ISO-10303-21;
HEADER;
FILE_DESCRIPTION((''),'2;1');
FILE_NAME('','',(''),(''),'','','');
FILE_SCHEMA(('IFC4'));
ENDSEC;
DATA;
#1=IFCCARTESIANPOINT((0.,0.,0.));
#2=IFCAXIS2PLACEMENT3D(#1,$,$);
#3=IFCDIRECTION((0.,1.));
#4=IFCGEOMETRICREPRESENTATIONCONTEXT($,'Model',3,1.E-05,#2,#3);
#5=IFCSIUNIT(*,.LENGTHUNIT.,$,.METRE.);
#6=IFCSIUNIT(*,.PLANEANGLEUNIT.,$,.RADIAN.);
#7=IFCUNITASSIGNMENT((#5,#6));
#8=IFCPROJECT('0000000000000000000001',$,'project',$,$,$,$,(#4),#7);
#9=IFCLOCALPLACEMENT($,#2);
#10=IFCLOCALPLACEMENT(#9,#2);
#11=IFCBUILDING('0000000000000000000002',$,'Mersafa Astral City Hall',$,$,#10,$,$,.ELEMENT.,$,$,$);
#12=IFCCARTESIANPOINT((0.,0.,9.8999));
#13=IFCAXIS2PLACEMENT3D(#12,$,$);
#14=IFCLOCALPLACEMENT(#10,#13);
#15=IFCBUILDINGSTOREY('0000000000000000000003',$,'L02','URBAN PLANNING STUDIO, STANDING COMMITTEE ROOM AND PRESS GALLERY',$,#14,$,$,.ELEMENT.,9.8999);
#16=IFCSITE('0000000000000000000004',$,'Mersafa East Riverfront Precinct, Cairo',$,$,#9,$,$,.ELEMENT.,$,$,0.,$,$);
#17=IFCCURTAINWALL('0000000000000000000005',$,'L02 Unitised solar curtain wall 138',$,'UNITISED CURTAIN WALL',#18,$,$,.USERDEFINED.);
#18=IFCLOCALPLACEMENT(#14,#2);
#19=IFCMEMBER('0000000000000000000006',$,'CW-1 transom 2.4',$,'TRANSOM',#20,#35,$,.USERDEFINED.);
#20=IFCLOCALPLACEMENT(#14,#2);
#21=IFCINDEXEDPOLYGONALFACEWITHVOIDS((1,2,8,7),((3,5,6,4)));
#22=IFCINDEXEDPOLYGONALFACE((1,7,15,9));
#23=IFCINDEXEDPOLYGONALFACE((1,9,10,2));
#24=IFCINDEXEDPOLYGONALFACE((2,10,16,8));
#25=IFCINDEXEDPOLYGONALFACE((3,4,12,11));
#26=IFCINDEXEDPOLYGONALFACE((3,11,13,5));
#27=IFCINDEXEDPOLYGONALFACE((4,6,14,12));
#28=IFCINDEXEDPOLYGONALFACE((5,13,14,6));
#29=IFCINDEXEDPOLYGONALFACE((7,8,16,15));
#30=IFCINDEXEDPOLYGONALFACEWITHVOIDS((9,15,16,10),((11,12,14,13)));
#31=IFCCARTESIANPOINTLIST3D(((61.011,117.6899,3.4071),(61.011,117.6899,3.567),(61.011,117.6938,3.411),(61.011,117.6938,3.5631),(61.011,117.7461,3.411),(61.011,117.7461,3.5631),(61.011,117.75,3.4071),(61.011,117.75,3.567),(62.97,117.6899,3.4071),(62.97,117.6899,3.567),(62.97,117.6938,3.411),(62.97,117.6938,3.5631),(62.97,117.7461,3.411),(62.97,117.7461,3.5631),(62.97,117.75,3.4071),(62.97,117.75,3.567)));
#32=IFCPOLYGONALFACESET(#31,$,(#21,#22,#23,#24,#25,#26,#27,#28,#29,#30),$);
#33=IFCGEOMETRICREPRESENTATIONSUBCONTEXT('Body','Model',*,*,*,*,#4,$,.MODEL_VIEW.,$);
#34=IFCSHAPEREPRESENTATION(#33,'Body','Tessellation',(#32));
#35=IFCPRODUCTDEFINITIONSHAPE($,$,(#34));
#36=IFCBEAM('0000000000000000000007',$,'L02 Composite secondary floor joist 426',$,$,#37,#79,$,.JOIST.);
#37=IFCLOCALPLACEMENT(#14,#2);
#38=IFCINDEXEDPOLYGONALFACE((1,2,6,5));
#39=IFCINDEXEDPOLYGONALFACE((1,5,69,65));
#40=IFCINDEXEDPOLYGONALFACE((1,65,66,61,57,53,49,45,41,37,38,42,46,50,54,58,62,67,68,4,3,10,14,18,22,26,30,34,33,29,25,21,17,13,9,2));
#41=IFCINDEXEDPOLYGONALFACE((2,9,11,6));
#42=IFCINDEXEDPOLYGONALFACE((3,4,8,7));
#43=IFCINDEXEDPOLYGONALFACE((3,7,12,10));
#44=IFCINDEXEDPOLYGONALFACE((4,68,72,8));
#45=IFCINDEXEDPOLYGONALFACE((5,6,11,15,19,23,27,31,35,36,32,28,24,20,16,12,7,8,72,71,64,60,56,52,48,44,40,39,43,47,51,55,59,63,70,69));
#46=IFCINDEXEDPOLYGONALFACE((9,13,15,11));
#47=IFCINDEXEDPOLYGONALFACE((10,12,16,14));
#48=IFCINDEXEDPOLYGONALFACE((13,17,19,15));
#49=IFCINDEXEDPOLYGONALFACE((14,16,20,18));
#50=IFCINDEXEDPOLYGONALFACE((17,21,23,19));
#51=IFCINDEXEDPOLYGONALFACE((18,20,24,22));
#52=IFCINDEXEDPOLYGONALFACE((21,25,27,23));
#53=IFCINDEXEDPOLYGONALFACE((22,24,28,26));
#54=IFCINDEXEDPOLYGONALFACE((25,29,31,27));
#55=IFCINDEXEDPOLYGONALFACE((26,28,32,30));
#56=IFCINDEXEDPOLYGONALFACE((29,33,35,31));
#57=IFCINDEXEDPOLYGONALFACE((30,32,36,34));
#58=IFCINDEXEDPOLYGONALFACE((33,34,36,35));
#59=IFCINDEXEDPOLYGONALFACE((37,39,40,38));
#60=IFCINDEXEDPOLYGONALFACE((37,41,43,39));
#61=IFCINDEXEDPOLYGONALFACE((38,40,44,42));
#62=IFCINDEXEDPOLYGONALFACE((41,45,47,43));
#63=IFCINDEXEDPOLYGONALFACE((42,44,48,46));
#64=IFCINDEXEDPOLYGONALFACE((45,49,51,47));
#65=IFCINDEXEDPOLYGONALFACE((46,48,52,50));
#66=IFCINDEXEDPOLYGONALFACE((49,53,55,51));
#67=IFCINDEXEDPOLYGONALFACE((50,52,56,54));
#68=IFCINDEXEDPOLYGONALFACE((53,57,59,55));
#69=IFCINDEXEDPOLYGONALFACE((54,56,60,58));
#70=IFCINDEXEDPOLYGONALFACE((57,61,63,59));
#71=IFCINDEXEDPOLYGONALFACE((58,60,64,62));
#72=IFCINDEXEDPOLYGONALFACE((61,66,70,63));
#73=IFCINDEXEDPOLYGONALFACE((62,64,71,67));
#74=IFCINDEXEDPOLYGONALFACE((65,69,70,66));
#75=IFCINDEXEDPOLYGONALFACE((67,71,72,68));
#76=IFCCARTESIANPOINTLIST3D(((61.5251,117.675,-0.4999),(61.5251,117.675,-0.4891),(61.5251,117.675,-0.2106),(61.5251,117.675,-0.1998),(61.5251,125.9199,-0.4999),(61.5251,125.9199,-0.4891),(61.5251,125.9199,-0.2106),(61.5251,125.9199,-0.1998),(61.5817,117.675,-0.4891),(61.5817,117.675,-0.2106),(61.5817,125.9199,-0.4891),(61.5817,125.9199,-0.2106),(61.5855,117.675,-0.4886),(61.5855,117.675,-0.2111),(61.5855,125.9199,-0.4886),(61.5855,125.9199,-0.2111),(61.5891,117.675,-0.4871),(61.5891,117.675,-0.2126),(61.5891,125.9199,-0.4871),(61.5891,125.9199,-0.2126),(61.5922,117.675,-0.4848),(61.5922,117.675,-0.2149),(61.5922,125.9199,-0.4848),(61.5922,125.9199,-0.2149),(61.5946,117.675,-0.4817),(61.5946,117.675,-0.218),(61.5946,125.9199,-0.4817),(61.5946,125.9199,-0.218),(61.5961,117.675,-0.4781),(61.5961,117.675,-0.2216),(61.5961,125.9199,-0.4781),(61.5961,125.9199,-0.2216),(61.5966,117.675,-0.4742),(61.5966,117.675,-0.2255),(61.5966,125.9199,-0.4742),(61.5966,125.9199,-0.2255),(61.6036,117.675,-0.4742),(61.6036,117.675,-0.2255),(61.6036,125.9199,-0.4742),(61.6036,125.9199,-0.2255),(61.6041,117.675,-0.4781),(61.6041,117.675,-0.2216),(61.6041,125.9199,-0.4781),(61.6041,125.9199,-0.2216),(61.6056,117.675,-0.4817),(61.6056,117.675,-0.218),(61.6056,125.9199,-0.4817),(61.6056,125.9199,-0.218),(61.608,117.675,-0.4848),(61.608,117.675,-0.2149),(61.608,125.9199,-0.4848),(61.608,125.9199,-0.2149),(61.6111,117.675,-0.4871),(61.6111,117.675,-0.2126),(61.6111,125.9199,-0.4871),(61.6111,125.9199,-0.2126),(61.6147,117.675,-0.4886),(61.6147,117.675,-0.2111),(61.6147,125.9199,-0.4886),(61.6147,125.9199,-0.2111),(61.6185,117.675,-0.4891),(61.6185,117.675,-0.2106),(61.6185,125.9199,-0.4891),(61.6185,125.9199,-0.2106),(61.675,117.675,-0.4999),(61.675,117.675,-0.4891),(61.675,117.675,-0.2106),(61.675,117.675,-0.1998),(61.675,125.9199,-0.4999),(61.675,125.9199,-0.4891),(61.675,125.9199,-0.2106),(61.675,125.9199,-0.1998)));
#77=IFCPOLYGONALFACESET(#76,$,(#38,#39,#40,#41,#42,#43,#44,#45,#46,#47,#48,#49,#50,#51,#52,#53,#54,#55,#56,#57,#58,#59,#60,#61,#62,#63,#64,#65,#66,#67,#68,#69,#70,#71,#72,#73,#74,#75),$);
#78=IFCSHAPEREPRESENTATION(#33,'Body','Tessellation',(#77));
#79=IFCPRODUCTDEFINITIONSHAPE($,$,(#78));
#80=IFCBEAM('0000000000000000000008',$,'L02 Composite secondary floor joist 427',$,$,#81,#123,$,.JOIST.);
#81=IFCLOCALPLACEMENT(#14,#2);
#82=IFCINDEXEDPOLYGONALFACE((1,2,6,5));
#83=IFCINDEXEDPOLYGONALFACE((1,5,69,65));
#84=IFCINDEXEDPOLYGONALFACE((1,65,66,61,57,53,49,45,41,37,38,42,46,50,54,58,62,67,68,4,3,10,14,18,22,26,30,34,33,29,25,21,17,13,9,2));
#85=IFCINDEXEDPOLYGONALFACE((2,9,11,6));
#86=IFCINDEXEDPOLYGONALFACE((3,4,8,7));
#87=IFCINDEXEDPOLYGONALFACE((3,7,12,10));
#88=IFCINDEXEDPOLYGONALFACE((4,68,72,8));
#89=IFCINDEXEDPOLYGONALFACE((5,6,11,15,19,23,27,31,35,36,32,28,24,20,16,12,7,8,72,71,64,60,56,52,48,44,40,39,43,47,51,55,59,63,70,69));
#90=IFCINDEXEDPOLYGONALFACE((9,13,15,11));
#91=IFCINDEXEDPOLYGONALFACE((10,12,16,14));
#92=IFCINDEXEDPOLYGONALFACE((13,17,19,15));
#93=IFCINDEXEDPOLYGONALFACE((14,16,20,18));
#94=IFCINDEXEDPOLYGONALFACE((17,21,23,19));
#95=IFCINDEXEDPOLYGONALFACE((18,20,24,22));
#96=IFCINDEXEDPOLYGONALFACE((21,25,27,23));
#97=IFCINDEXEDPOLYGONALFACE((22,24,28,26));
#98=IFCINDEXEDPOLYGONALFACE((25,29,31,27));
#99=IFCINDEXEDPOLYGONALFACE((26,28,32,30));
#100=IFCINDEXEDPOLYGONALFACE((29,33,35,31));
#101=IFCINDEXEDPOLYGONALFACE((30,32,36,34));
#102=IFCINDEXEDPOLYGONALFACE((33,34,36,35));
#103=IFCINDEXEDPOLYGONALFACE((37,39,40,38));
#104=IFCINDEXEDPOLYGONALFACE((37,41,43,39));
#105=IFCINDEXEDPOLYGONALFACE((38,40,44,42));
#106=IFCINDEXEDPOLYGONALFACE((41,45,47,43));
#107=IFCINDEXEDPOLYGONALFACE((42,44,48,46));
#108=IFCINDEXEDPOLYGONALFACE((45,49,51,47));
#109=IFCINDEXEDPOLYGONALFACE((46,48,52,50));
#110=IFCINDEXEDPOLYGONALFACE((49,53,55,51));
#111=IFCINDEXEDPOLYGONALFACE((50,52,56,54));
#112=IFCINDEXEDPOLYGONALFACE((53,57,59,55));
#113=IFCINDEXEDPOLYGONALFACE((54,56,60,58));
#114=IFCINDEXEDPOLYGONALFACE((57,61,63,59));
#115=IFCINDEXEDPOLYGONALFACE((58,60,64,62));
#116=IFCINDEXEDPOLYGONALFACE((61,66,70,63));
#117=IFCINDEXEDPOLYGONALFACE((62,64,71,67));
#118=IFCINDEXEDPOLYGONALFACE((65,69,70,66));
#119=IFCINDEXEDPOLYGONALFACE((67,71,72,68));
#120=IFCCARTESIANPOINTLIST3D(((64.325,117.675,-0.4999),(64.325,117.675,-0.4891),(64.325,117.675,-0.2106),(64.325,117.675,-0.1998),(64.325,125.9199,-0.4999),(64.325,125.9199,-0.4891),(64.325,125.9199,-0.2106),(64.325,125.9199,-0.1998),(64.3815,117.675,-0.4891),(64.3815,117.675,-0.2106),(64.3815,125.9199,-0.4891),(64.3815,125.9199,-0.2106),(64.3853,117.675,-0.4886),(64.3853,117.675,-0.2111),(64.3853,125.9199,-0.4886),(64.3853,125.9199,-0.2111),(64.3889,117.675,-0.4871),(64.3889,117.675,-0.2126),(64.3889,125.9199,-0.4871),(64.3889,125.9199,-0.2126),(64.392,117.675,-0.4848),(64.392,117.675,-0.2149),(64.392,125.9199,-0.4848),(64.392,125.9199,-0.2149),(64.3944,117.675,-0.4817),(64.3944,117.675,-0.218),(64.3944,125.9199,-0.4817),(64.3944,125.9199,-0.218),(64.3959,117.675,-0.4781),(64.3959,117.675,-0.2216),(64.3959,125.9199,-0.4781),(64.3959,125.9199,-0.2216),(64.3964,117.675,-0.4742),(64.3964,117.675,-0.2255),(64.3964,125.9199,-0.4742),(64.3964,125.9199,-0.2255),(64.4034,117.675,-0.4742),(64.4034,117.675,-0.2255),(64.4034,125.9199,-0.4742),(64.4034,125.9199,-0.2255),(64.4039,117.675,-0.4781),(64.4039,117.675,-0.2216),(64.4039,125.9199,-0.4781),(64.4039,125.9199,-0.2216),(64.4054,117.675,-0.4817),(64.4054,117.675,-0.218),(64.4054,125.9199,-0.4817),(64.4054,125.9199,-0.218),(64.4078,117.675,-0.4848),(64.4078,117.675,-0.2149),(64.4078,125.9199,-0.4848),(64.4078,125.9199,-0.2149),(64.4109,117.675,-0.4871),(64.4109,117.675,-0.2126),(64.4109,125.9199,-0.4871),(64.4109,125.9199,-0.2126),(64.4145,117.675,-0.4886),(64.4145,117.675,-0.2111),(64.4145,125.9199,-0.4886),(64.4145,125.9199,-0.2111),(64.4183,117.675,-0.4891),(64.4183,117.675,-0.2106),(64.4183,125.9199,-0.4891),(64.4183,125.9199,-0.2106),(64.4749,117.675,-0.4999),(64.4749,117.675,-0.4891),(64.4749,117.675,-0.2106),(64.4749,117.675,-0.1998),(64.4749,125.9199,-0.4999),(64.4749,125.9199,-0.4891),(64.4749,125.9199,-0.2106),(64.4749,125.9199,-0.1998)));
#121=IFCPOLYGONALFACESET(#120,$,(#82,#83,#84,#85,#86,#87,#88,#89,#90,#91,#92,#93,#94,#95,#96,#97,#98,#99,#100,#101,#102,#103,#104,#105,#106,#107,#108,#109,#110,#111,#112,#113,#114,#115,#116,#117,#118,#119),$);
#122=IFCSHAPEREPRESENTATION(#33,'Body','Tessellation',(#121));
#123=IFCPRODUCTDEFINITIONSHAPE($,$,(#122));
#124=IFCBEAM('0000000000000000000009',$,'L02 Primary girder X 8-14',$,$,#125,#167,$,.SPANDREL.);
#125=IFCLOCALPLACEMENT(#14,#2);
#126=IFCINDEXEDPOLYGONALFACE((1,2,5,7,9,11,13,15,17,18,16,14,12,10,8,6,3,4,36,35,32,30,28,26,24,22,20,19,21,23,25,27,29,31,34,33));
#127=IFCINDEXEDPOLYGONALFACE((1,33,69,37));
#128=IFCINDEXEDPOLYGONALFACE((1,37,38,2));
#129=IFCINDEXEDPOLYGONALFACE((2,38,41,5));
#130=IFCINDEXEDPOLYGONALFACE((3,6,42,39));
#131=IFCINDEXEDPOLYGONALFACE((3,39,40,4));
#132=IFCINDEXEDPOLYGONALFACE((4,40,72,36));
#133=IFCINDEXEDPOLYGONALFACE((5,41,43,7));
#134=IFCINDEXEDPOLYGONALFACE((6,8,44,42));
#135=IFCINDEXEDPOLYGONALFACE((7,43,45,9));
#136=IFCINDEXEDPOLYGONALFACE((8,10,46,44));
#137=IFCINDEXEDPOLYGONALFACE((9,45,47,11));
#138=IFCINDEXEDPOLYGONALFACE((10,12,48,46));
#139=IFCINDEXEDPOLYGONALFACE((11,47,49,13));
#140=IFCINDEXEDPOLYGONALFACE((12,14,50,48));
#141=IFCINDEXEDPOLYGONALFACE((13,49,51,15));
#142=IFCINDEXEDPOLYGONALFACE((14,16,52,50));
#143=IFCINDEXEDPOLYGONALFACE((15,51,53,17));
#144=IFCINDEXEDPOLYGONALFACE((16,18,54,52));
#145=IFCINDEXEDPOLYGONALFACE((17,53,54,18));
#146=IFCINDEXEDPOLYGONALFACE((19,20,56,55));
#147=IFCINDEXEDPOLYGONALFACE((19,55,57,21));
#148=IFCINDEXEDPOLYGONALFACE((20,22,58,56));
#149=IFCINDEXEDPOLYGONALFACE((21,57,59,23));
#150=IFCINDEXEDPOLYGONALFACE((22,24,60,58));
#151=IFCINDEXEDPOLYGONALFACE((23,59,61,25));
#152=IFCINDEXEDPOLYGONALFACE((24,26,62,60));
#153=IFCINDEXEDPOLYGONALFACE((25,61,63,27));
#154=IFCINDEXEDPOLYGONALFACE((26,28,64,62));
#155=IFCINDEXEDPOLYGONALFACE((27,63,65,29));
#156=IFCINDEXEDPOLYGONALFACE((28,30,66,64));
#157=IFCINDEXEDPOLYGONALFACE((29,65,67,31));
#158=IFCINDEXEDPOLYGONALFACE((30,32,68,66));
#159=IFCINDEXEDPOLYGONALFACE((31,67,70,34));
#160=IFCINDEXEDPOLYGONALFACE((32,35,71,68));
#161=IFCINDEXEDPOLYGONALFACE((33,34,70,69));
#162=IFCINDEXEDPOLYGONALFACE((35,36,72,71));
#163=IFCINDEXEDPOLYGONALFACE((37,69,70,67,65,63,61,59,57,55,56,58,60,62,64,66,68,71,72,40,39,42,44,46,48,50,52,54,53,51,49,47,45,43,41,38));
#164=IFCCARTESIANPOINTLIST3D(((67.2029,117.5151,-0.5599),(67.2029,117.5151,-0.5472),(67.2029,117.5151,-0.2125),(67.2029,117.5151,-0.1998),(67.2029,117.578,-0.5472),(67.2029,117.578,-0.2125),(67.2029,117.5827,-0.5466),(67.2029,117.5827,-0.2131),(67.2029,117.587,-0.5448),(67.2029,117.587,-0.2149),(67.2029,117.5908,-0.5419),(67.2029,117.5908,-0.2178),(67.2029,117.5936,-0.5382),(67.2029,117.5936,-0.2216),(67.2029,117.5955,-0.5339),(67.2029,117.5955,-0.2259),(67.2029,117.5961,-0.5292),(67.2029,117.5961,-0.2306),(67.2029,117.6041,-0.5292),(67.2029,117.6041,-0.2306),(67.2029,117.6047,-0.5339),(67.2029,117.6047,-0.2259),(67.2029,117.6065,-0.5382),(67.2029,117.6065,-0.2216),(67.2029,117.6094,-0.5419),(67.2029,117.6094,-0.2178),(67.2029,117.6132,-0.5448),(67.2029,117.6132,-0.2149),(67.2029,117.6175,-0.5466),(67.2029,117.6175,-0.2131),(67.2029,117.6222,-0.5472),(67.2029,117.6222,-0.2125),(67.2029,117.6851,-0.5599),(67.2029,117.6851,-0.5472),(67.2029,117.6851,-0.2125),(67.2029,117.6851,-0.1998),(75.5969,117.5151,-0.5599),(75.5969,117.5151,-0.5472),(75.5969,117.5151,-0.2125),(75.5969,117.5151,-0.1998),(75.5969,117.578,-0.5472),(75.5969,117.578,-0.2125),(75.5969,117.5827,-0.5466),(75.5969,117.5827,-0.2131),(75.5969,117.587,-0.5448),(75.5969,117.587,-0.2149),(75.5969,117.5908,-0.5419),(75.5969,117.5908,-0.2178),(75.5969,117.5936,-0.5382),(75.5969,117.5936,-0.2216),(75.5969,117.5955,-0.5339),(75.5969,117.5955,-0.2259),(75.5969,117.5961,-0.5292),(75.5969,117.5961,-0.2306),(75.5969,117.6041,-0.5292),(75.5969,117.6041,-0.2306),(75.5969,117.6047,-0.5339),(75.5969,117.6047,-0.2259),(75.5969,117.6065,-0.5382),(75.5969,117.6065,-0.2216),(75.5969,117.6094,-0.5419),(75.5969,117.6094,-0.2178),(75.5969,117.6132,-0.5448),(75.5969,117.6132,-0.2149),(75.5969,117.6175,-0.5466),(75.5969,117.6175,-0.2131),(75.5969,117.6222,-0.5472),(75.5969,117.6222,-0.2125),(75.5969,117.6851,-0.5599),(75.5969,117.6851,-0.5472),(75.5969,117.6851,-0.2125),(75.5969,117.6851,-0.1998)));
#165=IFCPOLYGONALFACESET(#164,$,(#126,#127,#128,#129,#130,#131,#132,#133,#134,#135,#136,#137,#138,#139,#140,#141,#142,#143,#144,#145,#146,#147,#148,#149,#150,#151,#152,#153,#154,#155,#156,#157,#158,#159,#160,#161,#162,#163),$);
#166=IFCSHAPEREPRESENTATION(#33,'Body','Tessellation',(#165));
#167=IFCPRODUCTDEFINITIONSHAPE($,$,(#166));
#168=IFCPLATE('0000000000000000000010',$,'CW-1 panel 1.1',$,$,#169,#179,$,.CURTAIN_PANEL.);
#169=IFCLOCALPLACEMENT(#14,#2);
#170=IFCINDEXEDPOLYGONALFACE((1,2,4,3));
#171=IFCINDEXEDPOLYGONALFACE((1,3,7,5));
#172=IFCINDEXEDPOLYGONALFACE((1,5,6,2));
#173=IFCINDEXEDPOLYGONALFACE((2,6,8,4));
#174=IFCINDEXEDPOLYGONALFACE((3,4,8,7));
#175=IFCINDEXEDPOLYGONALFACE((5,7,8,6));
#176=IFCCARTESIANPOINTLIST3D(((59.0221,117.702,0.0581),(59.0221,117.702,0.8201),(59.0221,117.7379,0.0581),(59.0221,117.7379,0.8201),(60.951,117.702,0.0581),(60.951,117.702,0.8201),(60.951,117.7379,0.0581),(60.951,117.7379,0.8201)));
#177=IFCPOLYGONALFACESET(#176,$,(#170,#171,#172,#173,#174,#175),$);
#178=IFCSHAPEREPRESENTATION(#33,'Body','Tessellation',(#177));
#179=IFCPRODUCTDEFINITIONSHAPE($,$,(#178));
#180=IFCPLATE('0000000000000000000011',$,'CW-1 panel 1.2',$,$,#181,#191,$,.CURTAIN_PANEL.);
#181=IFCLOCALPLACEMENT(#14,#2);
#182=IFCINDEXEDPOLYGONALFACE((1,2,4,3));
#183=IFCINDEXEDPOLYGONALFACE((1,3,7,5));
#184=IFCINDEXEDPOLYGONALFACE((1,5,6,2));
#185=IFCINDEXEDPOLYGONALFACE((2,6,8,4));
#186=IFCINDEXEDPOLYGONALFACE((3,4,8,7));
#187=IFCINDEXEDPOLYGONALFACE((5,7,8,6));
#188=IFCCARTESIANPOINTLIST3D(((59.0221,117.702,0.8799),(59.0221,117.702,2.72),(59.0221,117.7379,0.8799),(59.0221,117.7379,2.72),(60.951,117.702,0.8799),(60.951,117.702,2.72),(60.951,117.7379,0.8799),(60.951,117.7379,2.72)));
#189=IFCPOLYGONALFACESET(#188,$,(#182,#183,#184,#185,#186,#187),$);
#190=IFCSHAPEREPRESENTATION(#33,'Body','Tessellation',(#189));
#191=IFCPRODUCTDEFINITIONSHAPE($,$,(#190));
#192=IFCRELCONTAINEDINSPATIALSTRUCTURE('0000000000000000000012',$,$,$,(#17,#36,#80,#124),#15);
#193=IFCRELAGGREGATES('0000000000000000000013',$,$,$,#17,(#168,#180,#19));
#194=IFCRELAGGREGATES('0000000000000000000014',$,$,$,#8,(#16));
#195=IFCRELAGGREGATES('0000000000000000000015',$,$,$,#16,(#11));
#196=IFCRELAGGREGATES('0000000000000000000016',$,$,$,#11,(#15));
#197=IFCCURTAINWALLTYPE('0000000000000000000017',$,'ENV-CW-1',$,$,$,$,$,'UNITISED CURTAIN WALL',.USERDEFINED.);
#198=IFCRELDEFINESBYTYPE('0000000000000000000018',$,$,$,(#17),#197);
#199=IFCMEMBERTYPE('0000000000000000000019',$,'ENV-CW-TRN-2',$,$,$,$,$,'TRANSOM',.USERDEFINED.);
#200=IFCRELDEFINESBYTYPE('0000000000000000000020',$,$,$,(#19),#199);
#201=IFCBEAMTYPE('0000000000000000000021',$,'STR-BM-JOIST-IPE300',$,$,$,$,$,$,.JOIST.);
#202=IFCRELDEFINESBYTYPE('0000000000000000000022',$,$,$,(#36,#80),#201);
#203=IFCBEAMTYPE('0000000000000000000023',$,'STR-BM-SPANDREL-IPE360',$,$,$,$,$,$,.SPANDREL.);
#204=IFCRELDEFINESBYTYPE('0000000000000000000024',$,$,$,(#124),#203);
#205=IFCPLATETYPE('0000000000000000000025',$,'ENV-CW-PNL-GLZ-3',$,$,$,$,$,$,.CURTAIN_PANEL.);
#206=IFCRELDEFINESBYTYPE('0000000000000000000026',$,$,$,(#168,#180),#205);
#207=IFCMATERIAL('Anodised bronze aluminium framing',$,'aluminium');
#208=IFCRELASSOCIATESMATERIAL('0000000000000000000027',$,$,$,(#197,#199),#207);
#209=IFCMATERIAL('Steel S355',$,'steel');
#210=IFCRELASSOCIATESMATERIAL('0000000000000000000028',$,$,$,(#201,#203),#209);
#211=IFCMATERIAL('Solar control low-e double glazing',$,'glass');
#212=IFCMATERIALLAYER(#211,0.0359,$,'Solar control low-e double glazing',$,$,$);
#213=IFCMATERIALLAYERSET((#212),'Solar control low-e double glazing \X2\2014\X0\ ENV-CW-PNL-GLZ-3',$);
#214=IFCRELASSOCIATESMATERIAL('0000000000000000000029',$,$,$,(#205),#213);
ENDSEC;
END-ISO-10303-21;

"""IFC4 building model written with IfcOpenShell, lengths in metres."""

from ifc_helpers import new_model, si_unit, direction, frame, origin, origin_2d, place, context, subcontext, project, spatial, rectangle, hollow_rectangle, i_section, extrude, material, layer, layer_set, material_profile, profile_set, type_object, element, aggregate, save


model = new_model("IFC4")

# Units and contexts
model_context = context("Model", 3, precision=1e-05, world=origin(), true_north=direction((0.0, 1.0)))
body_context = subcontext(model_context, "Body", "Model", "MODEL_VIEW")
ifc_project = project(units=[si_unit("LENGTHUNIT", "METRE"), si_unit("PLANEANGLEUNIT", "RADIAN")], contexts=[model_context])

# Site, building, storey
site_placement = place(None, origin())
site = spatial("IfcSite", under=ifc_project, at=site_placement, Name="Mersafa East Riverfront Precinct, Cairo", CompositionType="ELEMENT", RefElevation=0.0)
building_placement = place(site_placement, origin())
building = spatial("IfcBuilding", under=site, at=building_placement, Name="Mersafa Astral City Hall", CompositionType="ELEMENT")
storey_placement = place(building_placement, frame((0.0, 0.0, 9.8999)))
storey = spatial("IfcBuildingStorey", under=building, at=storey_placement, Name="L02", Description="URBAN PLANNING STUDIO, STANDING COMMITTEE ROOM AND PRESS GALLERY", CompositionType="ELEMENT", Elevation=9.8999)

# Shared definitions
ifc_material_1 = material(Name="Steel S355", Category="steel")

# Curtain wall, member
ifc_material_2 = material(Name="Anodised bronze aluminium framing", Category="aluminium")
curtain_wall_type = type_object("IfcCurtainWallType", Name="ENV-CW-1", ElementType="UNITISED CURTAIN WALL", PredefinedType="USERDEFINED", material=ifc_material_2)
curtain_wall_placement = place(storey_placement, origin())
curtain_wall = element("IfcCurtainWall", 1, at=curtain_wall_placement, inside=storey, type_object=curtain_wall_type, Name="L02 Unitised solar curtain wall 138", ObjectType="UNITISED CURTAIN WALL", PredefinedType="USERDEFINED")
ifc_material_profile_1 = material_profile(ifc_material_2, hollow_rectangle(XDim=0.0601, YDim=0.1599, WallThickness=0.0039, at=origin_2d()), Name="RHS 60x160x4")
ifc_profile_set_1 = profile_set([ifc_material_profile_1], Name="Anodised bronze aluminium framing")
member_type_1 = type_object("IfcMemberType", Name="ENV-CW-TRN-2", ElementType="TRANSOM", PredefinedType="USERDEFINED", material=ifc_profile_set_1)
member_1_placement = place(storey_placement, frame((61.011, 117.72, 3.4871), z_axis=(1.0, 0.0, 0.0), x_axis=(0.0, 1.0, 0.0)))
member_1 = element("IfcMember", 2, at=member_1_placement, type_object=member_type_1, Name="CW-1 transom 2.4", ObjectType="TRANSOM", PredefinedType="USERDEFINED", context=body_context, shape_type="SweptSolid", body=[
    extrude(hollow_rectangle(XDim=0.0601, YDim=0.1599, WallThickness=0.0039, at=origin_2d()), origin(), (0.0, 0.0, 1.0), 1.959),
])

# Beams
ifc_material_profile_2 = material_profile(ifc_material_1, i_section(OverallWidth=0.1499, OverallDepth=0.3, WebThickness=0.0071, FlangeThickness=0.0107, FilletRadius=0.0149, at=origin_2d()), Name="IPE 300")
ifc_profile_set_2 = profile_set([ifc_material_profile_2], Name="Steel S355")
beam_type_1 = type_object("IfcBeamType", Name="STR-BM-JOIST-IPE300", PredefinedType="JOIST", material=ifc_profile_set_2)
for number, where, z_axis, x_axis, name in (
    (3, (61.6001, 117.675, -0.3499), (0.0, 1.0, 0.0), (-1.0, 0.0, 0.0), "L02 Composite secondary floor joist 426"),
    (4, (64.3999, 117.675, -0.3499), (0.0, 1.0, 0.0), (-1.0, 0.0, 0.0), "L02 Composite secondary floor joist 427"),
):
    element("IfcBeam", number, at=place(storey_placement, frame(where, z_axis=z_axis, x_axis=x_axis)), inside=storey, type_object=beam_type_1, Name=name, PredefinedType="JOIST", context=body_context, shape_type="SweptSolid", body=[
        extrude(i_section(OverallWidth=0.1499, OverallDepth=0.3, WebThickness=0.0071, FlangeThickness=0.0107, FilletRadius=0.0149, at=origin_2d()), origin(), (0.0, 0.0, 1.0), 8.2449),
    ])
ifc_material_profile_3 = material_profile(ifc_material_1, i_section(OverallWidth=0.1699, OverallDepth=0.3601, WebThickness=0.0081, FlangeThickness=0.0127, FilletRadius=0.0181, at=origin_2d()), Name="IPE 360")
ifc_profile_set_3 = profile_set([ifc_material_profile_3], Name="Steel S355")
beam_type_2 = type_object("IfcBeamType", Name="STR-BM-SPANDREL-IPE360", PredefinedType="SPANDREL", material=ifc_profile_set_3)
beam_placement = place(storey_placement, frame((67.2029, 117.6001, -0.3799), z_axis=(1.0, 0.0, 0.0), x_axis=(0.0, 1.0, 0.0)))
element("IfcBeam", 5, at=beam_placement, inside=storey, type_object=beam_type_2, Name="L02 Primary girder X 8-14", PredefinedType="SPANDREL", context=body_context, shape_type="SweptSolid", body=[
    extrude(i_section(OverallWidth=0.1699, OverallDepth=0.3601, WebThickness=0.0081, FlangeThickness=0.0127, FilletRadius=0.0181, at=origin_2d()), origin(), (0.0, 0.0, 1.0), 8.394),
])

# Plates
ifc_material_3 = material(Name="Solar control low-e double glazing", Category="glass")
ifc_layer = layer(ifc_material_3, 0.0359, Name="Solar control low-e double glazing")
ifc_layer_set = layer_set([ifc_layer], Name="Solar control low-e double glazing — ENV-CW-PNL-GLZ-3")
plate_type = type_object("IfcPlateType", Name="ENV-CW-PNL-GLZ-3", PredefinedType="CURTAIN_PANEL", material=ifc_layer_set)
plate_1_placement = place(storey_placement, frame((59.9866, 117.72, 0.0581), z_axis=(0.0, 0.0, 1.0), x_axis=(1.0, 0.0, 0.0)))
plate_1 = element("IfcPlate", 6, at=plate_1_placement, type_object=plate_type, Name="CW-1 panel 1.1", PredefinedType="CURTAIN_PANEL", context=body_context, shape_type="SweptSolid", body=[
    extrude(rectangle(XDim=1.929, YDim=0.0359, at=origin_2d()), origin(), (0.0, 0.0, 1.0), 0.762),
])
plate_2_placement = place(storey_placement, frame((59.9866, 117.72, 0.8799), z_axis=(0.0, 0.0, 1.0), x_axis=(1.0, 0.0, 0.0)))
plate_2 = element("IfcPlate", 7, at=plate_2_placement, type_object=plate_type, Name="CW-1 panel 1.2", PredefinedType="CURTAIN_PANEL", context=body_context, shape_type="SweptSolid", body=[
    extrude(rectangle(XDim=1.929, YDim=0.0359, at=origin_2d()), origin(), (0.0, 0.0, 1.0), 1.8401),
])
aggregate(curtain_wall, [plate_1, plate_2, member_1])

save(model, "model.ifc")
